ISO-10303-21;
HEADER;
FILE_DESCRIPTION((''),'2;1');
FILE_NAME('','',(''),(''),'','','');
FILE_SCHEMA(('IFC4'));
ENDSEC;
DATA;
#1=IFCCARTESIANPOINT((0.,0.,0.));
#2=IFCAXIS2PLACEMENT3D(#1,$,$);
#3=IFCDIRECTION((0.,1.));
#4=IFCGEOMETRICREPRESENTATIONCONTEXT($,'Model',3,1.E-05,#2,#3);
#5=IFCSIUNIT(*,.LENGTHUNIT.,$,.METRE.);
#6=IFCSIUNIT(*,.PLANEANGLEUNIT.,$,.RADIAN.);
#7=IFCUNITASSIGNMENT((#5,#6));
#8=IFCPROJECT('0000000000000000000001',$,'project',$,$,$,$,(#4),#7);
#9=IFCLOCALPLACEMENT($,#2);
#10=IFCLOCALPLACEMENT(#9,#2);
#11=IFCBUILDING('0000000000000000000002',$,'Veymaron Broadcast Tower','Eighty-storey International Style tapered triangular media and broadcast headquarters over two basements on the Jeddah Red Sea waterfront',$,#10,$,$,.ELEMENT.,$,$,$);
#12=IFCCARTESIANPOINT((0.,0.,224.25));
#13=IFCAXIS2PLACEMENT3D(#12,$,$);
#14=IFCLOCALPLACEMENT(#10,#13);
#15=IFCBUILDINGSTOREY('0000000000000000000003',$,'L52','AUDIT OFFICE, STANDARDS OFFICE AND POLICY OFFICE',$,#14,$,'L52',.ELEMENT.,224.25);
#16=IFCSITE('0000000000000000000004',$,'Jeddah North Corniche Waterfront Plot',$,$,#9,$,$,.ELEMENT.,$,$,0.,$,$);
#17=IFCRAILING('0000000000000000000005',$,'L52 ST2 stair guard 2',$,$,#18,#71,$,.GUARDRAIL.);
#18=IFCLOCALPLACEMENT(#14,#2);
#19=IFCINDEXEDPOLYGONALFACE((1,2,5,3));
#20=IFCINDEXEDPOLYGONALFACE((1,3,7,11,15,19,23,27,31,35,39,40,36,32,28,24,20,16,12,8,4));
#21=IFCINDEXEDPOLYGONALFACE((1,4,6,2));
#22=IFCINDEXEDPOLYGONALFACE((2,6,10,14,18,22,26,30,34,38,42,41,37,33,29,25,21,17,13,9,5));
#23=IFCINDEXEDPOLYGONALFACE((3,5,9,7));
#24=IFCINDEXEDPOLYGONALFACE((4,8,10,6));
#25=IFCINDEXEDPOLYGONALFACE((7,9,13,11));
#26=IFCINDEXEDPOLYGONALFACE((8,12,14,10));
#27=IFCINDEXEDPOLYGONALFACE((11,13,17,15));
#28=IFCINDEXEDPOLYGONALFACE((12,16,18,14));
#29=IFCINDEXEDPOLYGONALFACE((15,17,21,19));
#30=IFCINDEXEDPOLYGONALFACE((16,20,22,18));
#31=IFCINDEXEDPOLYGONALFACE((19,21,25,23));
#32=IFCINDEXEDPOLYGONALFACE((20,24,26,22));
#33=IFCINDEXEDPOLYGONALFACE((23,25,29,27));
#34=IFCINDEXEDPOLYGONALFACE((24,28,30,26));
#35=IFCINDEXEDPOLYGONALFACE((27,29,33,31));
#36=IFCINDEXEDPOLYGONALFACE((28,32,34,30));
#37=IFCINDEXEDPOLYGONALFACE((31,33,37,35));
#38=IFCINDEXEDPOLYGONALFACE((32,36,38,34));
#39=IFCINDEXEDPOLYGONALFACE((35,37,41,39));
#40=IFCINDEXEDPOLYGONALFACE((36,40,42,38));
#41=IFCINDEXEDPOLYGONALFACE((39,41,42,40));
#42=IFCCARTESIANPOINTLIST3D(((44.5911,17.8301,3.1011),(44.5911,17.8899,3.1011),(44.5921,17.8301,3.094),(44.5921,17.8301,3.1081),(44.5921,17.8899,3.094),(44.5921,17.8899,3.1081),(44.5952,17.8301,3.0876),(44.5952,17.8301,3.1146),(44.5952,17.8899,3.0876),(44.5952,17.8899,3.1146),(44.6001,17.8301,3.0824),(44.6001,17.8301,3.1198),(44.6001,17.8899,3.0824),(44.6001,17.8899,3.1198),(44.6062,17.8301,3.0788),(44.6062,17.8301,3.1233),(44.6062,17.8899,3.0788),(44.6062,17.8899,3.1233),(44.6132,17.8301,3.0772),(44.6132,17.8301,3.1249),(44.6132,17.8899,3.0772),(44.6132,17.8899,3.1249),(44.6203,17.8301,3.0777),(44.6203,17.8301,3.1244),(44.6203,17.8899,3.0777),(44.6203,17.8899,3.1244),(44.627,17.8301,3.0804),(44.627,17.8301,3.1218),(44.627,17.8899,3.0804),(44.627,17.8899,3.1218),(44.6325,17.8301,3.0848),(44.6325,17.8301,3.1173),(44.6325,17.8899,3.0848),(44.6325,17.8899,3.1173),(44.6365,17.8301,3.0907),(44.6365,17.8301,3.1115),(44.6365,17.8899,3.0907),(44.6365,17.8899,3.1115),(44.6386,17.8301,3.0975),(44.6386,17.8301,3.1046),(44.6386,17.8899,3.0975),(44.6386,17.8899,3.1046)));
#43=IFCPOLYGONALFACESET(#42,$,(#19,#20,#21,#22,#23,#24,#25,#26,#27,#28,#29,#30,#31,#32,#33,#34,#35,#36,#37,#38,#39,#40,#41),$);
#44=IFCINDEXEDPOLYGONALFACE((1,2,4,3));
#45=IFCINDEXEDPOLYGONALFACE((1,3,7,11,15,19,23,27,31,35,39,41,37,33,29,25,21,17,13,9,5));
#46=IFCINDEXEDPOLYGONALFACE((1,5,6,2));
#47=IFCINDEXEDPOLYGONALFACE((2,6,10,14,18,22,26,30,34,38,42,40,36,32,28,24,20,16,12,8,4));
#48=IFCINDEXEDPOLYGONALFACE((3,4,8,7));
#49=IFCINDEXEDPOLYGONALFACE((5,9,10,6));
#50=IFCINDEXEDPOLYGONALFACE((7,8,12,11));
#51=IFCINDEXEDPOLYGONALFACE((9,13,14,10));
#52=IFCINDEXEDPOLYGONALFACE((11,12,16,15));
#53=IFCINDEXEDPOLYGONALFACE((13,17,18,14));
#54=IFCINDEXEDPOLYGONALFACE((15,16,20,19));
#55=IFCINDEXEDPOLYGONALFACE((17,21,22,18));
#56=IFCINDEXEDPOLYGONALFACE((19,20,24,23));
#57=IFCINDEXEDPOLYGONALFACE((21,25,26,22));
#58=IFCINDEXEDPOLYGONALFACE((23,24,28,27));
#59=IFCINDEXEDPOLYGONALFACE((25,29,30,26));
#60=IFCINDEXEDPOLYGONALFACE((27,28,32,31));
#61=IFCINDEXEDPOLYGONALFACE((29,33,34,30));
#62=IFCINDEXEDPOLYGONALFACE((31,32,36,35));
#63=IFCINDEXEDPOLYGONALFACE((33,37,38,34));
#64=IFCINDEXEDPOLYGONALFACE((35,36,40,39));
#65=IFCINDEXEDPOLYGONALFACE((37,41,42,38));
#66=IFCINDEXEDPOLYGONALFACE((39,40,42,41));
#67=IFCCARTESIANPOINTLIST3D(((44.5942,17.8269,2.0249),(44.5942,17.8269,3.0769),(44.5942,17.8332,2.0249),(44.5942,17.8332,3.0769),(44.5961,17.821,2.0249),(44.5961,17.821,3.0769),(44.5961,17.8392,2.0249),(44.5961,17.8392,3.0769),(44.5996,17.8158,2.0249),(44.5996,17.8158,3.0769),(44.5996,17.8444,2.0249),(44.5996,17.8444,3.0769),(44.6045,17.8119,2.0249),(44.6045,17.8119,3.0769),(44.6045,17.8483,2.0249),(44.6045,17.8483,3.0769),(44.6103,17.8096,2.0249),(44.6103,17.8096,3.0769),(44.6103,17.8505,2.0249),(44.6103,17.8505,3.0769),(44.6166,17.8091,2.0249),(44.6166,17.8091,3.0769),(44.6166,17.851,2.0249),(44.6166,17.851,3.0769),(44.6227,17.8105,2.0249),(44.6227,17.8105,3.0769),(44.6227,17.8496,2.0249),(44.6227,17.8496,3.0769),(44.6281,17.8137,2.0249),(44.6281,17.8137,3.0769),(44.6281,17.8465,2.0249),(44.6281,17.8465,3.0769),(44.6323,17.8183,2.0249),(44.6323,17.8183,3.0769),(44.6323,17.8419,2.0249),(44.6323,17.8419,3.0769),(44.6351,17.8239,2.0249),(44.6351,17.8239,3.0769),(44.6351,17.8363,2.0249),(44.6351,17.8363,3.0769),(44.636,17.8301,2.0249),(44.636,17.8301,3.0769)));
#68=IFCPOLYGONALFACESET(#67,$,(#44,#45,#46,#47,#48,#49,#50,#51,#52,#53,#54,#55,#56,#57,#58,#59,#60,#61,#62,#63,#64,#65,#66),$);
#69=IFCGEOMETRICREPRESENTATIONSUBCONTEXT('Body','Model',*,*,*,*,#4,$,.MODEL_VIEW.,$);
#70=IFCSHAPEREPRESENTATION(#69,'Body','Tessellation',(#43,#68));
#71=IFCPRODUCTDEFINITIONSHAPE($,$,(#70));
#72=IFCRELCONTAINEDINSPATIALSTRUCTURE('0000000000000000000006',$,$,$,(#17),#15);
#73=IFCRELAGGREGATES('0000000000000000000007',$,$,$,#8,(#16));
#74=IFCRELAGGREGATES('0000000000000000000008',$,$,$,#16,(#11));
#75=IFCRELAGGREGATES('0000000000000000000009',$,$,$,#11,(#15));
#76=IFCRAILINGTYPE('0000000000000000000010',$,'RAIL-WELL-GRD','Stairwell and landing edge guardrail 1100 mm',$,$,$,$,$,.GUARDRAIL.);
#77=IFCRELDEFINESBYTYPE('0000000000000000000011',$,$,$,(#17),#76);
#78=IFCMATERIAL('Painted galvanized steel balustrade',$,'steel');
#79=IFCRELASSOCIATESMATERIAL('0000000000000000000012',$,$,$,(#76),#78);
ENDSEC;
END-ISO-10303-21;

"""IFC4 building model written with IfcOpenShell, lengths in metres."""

from ifc_helpers import new_model, si_unit, direction, frame, origin, origin_2d, place, context, subcontext, project, spatial, circle, extrude, material, type_object, element, save


model = new_model("IFC4")

# Units and contexts
model_context = context("Model", 3, precision=1e-05, world=origin(), true_north=direction((0.0, 1.0)))
body_context = subcontext(model_context, "Body", "Model", "MODEL_VIEW")
ifc_project = project(units=[si_unit("LENGTHUNIT", "METRE"), si_unit("PLANEANGLEUNIT", "RADIAN")], contexts=[model_context])

# Site, building, storey
site_placement = place(None, origin())
site = spatial("IfcSite", under=ifc_project, at=site_placement, Name="Jeddah North Corniche Waterfront Plot", CompositionType="ELEMENT", RefElevation=0.0)
building_placement = place(site_placement, origin())
building = spatial("IfcBuilding", under=site, at=building_placement, Name="Veymaron Broadcast Tower", Description="Eighty-storey International Style tapered triangular media and broadcast headquarters over two basements on the Jeddah Red Sea waterfront", CompositionType="ELEMENT")
storey_placement = place(building_placement, frame((0.0, 0.0, 224.25)))
storey = spatial("IfcBuildingStorey", under=building, at=storey_placement, Name="L52", Description="AUDIT OFFICE, STANDARDS OFFICE AND POLICY OFFICE", LongName="L52", CompositionType="ELEMENT", Elevation=224.25)

# Railing
ifc_material_1 = material(Name="Painted galvanized steel balustrade", Category="steel")
railing_type_1 = type_object("IfcRailingType", Name="RAIL-WELL-GRD", Description="Stairwell and landing edge guardrail 1100 mm", PredefinedType="GUARDRAIL", material=ifc_material_1)
railing_1_placement = place(storey_placement, frame((44.615, 17.8301, 2.0249)))
element("IfcRailing", 1, at=railing_1_placement, inside=storey, type_object=railing_type_1, Name="L52 ST2 stair guard 2", PredefinedType="GUARDRAIL", context=body_context, shape_type="SweptSolid", body=[
    extrude(circle(Radius=0.0239, at=origin_2d()), frame((0.0, 0.0, 1.0762), z_axis=(0.0, 1.0, 0.0), x_axis=(-1.0, 0.0, 0.0)), (0.0, 0.0, 1.0), 0.0598),
    extrude(circle(Radius=0.021, at=origin_2d()), origin(), (0.0, 0.0, 1.0), 1.052),
])

save(model, "model.ifc")
